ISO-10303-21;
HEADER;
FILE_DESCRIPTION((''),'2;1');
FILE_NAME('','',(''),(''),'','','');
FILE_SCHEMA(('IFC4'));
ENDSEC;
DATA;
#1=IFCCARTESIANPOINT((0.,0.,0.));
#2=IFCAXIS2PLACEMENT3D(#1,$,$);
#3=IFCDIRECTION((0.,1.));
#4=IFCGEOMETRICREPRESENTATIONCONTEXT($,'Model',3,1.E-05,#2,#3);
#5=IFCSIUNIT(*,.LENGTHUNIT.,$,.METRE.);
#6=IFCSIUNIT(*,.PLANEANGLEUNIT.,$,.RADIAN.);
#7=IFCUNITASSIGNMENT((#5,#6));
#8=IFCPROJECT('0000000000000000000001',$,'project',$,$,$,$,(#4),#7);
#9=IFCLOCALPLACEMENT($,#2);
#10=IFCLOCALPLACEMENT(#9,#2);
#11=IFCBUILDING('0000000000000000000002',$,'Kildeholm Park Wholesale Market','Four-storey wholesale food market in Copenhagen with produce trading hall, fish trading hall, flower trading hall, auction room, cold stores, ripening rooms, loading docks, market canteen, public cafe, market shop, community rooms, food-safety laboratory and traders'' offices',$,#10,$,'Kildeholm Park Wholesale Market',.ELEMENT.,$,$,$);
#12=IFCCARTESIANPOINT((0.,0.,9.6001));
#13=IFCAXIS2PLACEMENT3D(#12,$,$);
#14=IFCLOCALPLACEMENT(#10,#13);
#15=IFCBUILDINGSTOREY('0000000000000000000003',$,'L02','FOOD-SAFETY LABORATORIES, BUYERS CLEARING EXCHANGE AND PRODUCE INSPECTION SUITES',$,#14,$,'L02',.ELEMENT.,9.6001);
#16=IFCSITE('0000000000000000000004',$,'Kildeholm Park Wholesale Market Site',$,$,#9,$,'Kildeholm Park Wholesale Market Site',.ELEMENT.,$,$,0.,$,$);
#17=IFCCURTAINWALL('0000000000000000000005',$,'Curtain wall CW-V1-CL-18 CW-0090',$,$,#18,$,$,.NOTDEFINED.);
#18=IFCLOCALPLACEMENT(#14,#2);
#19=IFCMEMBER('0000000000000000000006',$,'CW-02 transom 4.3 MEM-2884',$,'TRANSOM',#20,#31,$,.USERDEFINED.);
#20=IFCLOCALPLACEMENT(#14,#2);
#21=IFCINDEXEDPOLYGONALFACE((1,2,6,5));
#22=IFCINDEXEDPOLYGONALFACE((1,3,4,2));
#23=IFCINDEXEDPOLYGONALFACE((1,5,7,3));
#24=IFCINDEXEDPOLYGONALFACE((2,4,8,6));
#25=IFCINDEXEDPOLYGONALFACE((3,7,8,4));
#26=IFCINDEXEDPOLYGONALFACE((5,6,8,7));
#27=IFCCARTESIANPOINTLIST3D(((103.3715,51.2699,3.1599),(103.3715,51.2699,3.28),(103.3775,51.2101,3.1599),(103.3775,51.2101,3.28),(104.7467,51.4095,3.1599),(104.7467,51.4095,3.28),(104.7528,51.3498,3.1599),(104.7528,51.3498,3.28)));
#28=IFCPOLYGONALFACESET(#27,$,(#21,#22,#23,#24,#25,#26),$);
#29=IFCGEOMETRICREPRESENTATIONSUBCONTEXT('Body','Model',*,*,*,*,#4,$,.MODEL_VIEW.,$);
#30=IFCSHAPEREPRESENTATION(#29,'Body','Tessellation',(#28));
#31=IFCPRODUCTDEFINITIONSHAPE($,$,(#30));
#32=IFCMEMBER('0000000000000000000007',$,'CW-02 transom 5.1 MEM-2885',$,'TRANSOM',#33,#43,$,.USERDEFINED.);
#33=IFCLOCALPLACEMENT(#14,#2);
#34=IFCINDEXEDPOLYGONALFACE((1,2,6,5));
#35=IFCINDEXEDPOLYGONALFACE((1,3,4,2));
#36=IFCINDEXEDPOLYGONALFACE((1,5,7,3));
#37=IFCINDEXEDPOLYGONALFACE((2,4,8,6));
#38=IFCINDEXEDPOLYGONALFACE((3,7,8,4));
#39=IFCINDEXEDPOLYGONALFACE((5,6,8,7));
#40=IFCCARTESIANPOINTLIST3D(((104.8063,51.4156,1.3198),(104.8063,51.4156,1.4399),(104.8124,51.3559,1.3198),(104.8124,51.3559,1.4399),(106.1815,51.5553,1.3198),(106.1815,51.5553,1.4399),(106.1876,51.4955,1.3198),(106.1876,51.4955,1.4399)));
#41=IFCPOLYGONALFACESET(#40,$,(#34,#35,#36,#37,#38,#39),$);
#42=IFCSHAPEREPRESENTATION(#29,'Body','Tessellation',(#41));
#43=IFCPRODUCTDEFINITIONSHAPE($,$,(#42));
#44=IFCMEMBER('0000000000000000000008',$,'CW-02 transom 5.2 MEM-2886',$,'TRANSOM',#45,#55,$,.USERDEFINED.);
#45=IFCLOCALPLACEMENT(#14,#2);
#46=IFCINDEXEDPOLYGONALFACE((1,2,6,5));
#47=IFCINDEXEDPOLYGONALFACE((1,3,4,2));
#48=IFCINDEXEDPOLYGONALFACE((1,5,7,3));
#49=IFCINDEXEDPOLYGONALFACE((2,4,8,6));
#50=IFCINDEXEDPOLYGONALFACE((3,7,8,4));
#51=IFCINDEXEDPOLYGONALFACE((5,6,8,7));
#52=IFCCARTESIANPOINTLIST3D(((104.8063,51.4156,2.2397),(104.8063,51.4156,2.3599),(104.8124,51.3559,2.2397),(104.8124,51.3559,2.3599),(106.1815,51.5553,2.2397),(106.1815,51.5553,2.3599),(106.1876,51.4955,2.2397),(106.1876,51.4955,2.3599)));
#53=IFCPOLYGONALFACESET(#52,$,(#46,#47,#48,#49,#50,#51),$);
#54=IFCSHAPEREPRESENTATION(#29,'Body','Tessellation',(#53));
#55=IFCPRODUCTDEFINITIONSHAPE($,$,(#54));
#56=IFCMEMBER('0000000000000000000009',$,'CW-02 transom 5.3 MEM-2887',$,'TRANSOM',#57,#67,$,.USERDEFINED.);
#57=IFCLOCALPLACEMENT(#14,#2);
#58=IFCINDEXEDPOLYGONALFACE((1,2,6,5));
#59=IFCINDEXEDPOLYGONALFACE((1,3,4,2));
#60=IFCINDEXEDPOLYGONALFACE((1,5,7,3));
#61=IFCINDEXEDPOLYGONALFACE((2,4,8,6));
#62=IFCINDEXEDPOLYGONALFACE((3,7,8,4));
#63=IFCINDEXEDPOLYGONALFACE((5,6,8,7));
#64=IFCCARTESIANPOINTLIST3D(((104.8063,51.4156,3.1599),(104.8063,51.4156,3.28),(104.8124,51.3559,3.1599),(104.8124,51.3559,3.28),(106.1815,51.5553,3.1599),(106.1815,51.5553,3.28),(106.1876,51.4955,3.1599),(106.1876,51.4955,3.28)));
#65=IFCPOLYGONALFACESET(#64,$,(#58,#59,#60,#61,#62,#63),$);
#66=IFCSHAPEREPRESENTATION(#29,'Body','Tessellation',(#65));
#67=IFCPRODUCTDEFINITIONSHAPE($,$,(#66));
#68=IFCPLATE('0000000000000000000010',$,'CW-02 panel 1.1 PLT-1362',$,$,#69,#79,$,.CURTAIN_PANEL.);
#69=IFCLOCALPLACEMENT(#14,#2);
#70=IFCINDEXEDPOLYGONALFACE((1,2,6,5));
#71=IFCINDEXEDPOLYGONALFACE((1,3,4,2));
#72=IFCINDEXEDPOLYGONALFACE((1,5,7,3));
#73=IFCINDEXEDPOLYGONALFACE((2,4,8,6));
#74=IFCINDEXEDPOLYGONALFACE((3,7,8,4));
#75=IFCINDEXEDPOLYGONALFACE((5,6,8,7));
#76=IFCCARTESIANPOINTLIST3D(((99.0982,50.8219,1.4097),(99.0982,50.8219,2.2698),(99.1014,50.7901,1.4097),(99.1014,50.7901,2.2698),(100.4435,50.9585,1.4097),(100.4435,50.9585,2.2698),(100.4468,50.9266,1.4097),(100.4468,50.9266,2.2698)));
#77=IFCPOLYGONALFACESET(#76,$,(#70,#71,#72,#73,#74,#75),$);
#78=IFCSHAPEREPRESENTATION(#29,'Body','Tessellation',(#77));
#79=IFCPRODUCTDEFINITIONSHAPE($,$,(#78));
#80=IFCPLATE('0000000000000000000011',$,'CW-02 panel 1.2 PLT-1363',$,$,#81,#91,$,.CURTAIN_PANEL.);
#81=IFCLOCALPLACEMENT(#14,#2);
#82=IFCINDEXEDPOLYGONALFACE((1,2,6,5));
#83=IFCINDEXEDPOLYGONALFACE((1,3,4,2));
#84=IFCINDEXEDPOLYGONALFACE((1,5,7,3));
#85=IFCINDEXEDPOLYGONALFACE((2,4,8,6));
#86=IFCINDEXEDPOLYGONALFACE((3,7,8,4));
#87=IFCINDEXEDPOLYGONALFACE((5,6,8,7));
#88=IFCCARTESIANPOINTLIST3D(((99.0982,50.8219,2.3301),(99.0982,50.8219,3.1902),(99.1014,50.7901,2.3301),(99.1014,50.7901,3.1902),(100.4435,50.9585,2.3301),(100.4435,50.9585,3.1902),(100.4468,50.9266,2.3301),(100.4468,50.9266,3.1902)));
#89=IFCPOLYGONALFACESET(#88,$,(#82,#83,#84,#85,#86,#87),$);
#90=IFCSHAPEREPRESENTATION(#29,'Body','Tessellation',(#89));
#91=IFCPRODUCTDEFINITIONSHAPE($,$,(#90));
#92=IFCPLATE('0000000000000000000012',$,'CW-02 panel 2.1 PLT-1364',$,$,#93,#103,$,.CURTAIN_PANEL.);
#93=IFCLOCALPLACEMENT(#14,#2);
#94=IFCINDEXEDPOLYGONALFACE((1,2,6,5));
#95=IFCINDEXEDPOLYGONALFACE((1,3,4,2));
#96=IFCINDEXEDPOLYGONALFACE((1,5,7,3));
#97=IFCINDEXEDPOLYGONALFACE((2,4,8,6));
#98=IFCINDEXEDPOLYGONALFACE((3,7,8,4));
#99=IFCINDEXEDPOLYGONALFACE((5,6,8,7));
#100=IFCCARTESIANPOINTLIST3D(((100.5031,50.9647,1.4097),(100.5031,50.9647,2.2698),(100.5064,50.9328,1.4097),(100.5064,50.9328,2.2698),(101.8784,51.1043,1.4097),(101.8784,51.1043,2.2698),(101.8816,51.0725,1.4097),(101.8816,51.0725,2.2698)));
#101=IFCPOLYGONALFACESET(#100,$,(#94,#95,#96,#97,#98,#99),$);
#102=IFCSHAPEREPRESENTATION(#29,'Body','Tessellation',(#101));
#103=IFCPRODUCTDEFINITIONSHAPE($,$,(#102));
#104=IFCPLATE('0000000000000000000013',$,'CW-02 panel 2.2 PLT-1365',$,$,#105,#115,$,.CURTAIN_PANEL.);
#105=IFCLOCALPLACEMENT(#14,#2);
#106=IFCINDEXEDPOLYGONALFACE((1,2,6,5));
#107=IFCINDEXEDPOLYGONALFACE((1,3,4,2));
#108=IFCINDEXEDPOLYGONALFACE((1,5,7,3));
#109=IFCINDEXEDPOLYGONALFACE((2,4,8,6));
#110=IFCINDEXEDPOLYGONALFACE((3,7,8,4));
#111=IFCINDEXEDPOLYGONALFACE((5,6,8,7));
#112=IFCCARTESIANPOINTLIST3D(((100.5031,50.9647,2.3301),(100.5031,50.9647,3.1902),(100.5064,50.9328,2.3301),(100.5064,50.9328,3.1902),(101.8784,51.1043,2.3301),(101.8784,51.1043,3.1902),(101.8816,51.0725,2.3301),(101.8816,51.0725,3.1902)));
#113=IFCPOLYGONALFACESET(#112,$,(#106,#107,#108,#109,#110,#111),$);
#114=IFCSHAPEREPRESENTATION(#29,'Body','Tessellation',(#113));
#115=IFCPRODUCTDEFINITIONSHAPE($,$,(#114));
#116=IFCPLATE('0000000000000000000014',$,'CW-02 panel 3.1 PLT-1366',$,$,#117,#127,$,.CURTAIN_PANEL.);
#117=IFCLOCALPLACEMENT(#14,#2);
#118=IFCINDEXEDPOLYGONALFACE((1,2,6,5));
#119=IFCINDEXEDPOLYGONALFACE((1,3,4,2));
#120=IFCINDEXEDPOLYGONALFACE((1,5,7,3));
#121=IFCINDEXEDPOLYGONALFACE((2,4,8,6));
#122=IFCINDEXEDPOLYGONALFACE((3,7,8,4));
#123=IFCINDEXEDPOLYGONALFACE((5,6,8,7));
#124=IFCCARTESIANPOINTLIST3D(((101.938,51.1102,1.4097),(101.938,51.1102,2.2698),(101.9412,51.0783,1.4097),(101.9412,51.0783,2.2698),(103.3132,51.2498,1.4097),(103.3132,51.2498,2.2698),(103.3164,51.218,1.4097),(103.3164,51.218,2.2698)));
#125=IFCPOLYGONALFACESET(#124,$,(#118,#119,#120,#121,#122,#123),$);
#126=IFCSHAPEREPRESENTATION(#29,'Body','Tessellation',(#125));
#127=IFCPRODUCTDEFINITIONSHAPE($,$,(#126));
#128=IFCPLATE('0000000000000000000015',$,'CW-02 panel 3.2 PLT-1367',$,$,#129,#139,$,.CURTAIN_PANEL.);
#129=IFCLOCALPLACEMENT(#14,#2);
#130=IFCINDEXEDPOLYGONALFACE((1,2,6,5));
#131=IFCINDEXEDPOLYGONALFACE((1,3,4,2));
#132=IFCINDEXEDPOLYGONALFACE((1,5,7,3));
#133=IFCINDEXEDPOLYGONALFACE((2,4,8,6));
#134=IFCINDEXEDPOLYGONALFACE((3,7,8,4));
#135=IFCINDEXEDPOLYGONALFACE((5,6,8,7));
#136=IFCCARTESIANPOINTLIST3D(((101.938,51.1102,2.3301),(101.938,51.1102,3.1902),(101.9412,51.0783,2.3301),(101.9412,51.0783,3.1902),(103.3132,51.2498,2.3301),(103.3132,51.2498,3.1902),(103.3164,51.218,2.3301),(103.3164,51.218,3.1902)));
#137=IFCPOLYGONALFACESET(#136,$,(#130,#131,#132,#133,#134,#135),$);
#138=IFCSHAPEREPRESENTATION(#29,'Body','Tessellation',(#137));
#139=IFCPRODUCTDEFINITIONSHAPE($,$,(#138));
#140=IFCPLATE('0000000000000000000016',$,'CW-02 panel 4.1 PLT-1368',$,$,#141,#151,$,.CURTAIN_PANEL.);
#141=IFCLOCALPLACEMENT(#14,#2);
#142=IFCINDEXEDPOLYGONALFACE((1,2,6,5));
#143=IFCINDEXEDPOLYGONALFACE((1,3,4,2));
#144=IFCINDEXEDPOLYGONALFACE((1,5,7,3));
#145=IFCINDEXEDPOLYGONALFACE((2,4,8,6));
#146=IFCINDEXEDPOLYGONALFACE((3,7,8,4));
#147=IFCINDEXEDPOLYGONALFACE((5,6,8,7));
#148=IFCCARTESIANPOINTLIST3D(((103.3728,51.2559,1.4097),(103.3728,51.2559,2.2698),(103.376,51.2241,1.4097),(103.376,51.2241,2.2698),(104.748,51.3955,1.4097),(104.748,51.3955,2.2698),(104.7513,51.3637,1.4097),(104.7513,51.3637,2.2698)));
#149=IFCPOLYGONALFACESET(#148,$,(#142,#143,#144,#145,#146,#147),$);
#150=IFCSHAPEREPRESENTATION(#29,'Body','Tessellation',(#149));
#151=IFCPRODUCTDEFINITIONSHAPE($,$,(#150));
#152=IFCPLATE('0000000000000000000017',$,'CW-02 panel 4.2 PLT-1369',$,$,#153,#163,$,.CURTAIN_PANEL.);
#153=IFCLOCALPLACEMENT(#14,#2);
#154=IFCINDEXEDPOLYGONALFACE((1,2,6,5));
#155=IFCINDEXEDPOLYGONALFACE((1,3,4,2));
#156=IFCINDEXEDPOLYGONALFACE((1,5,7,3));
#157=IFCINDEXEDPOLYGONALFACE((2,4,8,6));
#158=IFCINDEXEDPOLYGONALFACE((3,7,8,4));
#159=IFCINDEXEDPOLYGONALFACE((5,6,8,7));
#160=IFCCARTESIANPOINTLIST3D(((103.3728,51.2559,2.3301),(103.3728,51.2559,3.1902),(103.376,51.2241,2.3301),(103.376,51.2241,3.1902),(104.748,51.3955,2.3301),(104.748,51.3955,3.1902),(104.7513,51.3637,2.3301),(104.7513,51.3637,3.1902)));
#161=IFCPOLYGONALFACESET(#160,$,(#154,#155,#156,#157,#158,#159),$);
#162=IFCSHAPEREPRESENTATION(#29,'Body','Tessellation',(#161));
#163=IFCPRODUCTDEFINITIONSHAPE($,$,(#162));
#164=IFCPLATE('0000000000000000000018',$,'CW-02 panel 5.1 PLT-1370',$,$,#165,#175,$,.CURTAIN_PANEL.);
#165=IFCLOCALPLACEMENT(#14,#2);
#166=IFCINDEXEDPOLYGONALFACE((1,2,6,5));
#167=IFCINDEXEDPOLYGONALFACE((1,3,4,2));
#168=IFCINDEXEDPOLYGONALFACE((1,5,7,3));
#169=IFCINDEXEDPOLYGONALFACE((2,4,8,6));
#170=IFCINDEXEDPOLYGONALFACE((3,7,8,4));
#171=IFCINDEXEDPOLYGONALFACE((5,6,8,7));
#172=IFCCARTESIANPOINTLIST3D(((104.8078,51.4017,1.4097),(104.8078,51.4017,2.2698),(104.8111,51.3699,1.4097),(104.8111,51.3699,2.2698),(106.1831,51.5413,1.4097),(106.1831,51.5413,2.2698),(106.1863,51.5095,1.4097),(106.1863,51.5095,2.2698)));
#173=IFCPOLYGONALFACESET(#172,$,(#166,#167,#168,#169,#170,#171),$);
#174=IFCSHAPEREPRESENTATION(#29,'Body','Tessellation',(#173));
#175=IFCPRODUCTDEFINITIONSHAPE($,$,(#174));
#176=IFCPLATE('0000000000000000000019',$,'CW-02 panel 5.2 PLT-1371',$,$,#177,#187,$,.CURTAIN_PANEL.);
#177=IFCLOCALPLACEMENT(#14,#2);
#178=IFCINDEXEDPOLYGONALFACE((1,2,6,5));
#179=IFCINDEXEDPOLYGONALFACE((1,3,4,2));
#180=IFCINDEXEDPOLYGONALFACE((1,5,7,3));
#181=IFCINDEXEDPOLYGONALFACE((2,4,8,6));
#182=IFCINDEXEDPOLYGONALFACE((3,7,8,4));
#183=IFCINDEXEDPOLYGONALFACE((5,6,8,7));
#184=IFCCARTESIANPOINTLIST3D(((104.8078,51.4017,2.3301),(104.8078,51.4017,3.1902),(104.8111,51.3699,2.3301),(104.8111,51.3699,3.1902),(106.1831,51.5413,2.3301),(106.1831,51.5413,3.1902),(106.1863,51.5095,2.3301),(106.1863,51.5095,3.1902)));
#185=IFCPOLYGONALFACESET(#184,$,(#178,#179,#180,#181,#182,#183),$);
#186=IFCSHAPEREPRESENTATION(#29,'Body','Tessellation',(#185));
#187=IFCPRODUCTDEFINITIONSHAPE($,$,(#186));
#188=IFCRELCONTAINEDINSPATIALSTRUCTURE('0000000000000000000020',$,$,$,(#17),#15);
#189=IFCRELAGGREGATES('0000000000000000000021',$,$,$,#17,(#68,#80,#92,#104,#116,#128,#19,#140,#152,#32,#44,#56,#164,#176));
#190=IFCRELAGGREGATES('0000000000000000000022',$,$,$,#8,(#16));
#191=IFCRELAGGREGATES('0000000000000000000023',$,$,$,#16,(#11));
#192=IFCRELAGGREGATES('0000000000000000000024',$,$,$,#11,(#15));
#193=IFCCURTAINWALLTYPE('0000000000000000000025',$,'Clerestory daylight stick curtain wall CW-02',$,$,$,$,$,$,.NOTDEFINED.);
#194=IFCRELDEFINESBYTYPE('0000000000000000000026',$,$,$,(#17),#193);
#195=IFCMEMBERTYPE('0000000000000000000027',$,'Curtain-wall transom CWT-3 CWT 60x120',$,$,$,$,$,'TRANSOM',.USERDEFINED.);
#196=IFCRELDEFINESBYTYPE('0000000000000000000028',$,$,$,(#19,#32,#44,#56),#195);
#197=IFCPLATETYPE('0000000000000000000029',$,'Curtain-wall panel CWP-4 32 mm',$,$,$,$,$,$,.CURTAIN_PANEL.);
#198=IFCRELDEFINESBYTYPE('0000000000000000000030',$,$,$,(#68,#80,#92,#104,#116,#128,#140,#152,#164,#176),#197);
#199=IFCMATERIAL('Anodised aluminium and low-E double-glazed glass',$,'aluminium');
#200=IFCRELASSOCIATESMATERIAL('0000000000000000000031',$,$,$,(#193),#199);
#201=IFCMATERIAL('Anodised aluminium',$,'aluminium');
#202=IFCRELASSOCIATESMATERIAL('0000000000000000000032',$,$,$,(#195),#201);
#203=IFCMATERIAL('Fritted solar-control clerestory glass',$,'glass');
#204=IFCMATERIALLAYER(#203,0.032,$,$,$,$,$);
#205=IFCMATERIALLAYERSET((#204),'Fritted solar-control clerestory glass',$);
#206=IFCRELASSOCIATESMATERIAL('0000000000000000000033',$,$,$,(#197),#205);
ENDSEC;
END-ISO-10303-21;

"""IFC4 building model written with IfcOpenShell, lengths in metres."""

from ifc_helpers import new_model, si_unit, direction, frame, origin, origin_2d, place, context, subcontext, project, spatial, rectangle, extrude, material, layer, layer_set, material_profile, profile_set, type_object, element, aggregate, save


model = new_model("IFC4")

# Units and contexts
model_context = context("Model", 3, precision=1e-05, world=origin(), true_north=direction((0.0, 1.0)))
body_context = subcontext(model_context, "Body", "Model", "MODEL_VIEW")
ifc_project = project(units=[si_unit("LENGTHUNIT", "METRE"), si_unit("PLANEANGLEUNIT", "RADIAN")], contexts=[model_context])

# Site, building, storey
site_placement = place(None, origin())
site = spatial("IfcSite", under=ifc_project, at=site_placement, Name="Kildeholm Park Wholesale Market Site", LongName="Kildeholm Park Wholesale Market Site", CompositionType="ELEMENT", RefElevation=0.0)
building_placement = place(site_placement, origin())
building = spatial("IfcBuilding", under=site, at=building_placement, Name="Kildeholm Park Wholesale Market", Description="Four-storey wholesale food market in Copenhagen with produce trading hall, fish trading hall, flower trading hall, auction room, cold stores, ripening rooms, loading docks, market canteen, public cafe, market shop, community rooms, food-safety laboratory and traders' offices", LongName="Kildeholm Park Wholesale Market", CompositionType="ELEMENT")
storey_placement = place(building_placement, frame((0.0, 0.0, 9.6001)))
storey = spatial("IfcBuildingStorey", under=building, at=storey_placement, Name="L02", Description="FOOD-SAFETY LABORATORIES, BUYERS CLEARING EXCHANGE AND PRODUCE INSPECTION SUITES", LongName="L02", CompositionType="ELEMENT", Elevation=9.6001)

# Curtain wall, members, plates
ifc_material_1 = material(Name="Anodised aluminium and low-E double-glazed glass", Category="aluminium")
curtain_wall_type = type_object("IfcCurtainWallType", Name="Clerestory daylight stick curtain wall CW-02", PredefinedType="NOTDEFINED", material=ifc_material_1)
curtain_wall_placement = place(storey_placement, origin())
curtain_wall = element("IfcCurtainWall", 1, at=curtain_wall_placement, inside=storey, type_object=curtain_wall_type, Name="Curtain wall CW-V1-CL-18 CW-0090", PredefinedType="NOTDEFINED")
ifc_material_2 = material(Name="Anodised aluminium", Category="aluminium")
ifc_material_profile_1 = material_profile(ifc_material_2, rectangle(XDim=0.0601, YDim=0.1201, at=origin_2d()), Name="CWT 60x120")
ifc_profile_set_1 = profile_set([ifc_material_profile_1], Name="Anodised aluminium")
member_type_1 = type_object("IfcMemberType", Name="Curtain-wall transom CWT-3 CWT 60x120", ElementType="TRANSOM", PredefinedType="USERDEFINED", material=ifc_profile_set_1)
member_1_placement = place(storey_placement, frame((103.3745, 51.24, 3.22), z_axis=(0.994884, 0.101025, 0.0), x_axis=(-0.101025, 0.994884, 0.0)))
member_1 = element("IfcMember", 2, at=member_1_placement, type_object=member_type_1, Name="CW-02 transom 4.3 MEM-2884", ObjectType="TRANSOM", PredefinedType="USERDEFINED", context=body_context, shape_type="SweptSolid", body=[
    extrude(rectangle(XDim=0.0601, YDim=0.1201, at=origin_2d()), origin(), (0.0, 0.0, 1.0), 1.3823),
])
member_2_placement = place(storey_placement, frame((104.8093, 51.3857, 1.3799), z_axis=(0.994884, 0.101025, 0.0), x_axis=(-0.101025, 0.994884, 0.0)))
member_2 = element("IfcMember", 3, at=member_2_placement, type_object=member_type_1, Name="CW-02 transom 5.1 MEM-2885", ObjectType="TRANSOM", PredefinedType="USERDEFINED", context=body_context, shape_type="SweptSolid", body=[
    extrude(rectangle(XDim=0.0601, YDim=0.1201, at=origin_2d()), origin(), (0.0, 0.0, 1.0), 1.3823),
])
member_3_placement = place(storey_placement, frame((104.8093, 51.3857, 2.2998), z_axis=(0.994884, 0.101025, 0.0), x_axis=(-0.101025, 0.994884, 0.0)))
member_3 = element("IfcMember", 4, at=member_3_placement, type_object=member_type_1, Name="CW-02 transom 5.2 MEM-2886", ObjectType="TRANSOM", PredefinedType="USERDEFINED", context=body_context, shape_type="SweptSolid", body=[
    extrude(rectangle(XDim=0.0601, YDim=0.1201, at=origin_2d()), origin(), (0.0, 0.0, 1.0), 1.3823),
])
member_4_placement = place(storey_placement, frame((104.8093, 51.3857, 3.22), z_axis=(0.994884, 0.101025, 0.0), x_axis=(-0.101025, 0.994884, 0.0)))
member_4 = element("IfcMember", 5, at=member_4_placement, type_object=member_type_1, Name="CW-02 transom 5.3 MEM-2887", ObjectType="TRANSOM", PredefinedType="USERDEFINED", context=body_context, shape_type="SweptSolid", body=[
    extrude(rectangle(XDim=0.0601, YDim=0.1201, at=origin_2d()), origin(), (0.0, 0.0, 1.0), 1.3823),
])
ifc_material_3 = material(Name="Fritted solar-control clerestory glass", Category="glass")
ifc_layer = layer(ifc_material_3, 0.032)
ifc_layer_set = layer_set([ifc_layer], Name="Fritted solar-control clerestory glass")
plate_type = type_object("IfcPlateType", Name="Curtain-wall panel CWP-4 32 mm", PredefinedType="CURTAIN_PANEL", material=ifc_layer_set)
plate_1_placement = place(storey_placement, frame((99.7725, 50.8743, 1.4097), z_axis=(0.0, 0.0, 1.0), x_axis=(0.994887, 0.100999, 0.0)))
plate_1 = element("IfcPlate", 6, at=plate_1_placement, type_object=plate_type, Name="CW-02 panel 1.1 PLT-1362", PredefinedType="CURTAIN_PANEL", context=body_context, shape_type="SweptSolid", body=[
    extrude(rectangle(XDim=1.3523, YDim=0.032, at=origin_2d()), origin(), (0.0, 0.0, 1.0), 0.8601),
])
plate_2_placement = place(storey_placement, frame((99.7725, 50.8743, 2.3301), z_axis=(0.0, 0.0, 1.0), x_axis=(0.994887, 0.100999, 0.0)))
plate_2 = element("IfcPlate", 7, at=plate_2_placement, type_object=plate_type, Name="CW-02 panel 1.2 PLT-1363", PredefinedType="CURTAIN_PANEL", context=body_context, shape_type="SweptSolid", body=[
    extrude(rectangle(XDim=1.3523, YDim=0.032, at=origin_2d()), origin(), (0.0, 0.0, 1.0), 0.8601),
])
plate_3_placement = place(storey_placement, frame((101.1924, 51.0186, 1.4097), z_axis=(0.0, 0.0, 1.0), x_axis=(0.994887, 0.100999, 0.0)))
plate_3 = element("IfcPlate", 8, at=plate_3_placement, type_object=plate_type, Name="CW-02 panel 2.1 PLT-1364", PredefinedType="CURTAIN_PANEL", context=body_context, shape_type="SweptSolid", body=[
    extrude(rectangle(XDim=1.3823, YDim=0.032, at=origin_2d()), origin(), (0.0, 0.0, 1.0), 0.8601),
])
plate_4_placement = place(storey_placement, frame((101.1924, 51.0186, 2.3301), z_axis=(0.0, 0.0, 1.0), x_axis=(0.994887, 0.100999, 0.0)))
plate_4 = element("IfcPlate", 9, at=plate_4_placement, type_object=plate_type, Name="CW-02 panel 2.2 PLT-1365", PredefinedType="CURTAIN_PANEL", context=body_context, shape_type="SweptSolid", body=[
    extrude(rectangle(XDim=1.3823, YDim=0.032, at=origin_2d()), origin(), (0.0, 0.0, 1.0), 0.8601),
])
plate_5_placement = place(storey_placement, frame((102.6272, 51.1641, 1.4097), z_axis=(0.0, 0.0, 1.0), x_axis=(0.994887, 0.100999, 0.0)))
plate_5 = element("IfcPlate", 10, at=plate_5_placement, type_object=plate_type, Name="CW-02 panel 3.1 PLT-1366", PredefinedType="CURTAIN_PANEL", context=body_context, shape_type="SweptSolid", body=[
    extrude(rectangle(XDim=1.3823, YDim=0.032, at=origin_2d()), origin(), (0.0, 0.0, 1.0), 0.8601),
])
plate_6_placement = place(storey_placement, frame((102.6272, 51.1641, 2.3301), z_axis=(0.0, 0.0, 1.0), x_axis=(0.994887, 0.100999, 0.0)))
plate_6 = element("IfcPlate", 11, at=plate_6_placement, type_object=plate_type, Name="CW-02 panel 3.2 PLT-1367", PredefinedType="CURTAIN_PANEL", context=body_context, shape_type="SweptSolid", body=[
    extrude(rectangle(XDim=1.3823, YDim=0.032, at=origin_2d()), origin(), (0.0, 0.0, 1.0), 0.8601),
])
plate_7_placement = place(storey_placement, frame((104.062, 51.3098, 1.4097), z_axis=(0.0, 0.0, 1.0), x_axis=(0.994887, 0.100999, 0.0)))
plate_7 = element("IfcPlate", 12, at=plate_7_placement, type_object=plate_type, Name="CW-02 panel 4.1 PLT-1368", PredefinedType="CURTAIN_PANEL", context=body_context, shape_type="SweptSolid", body=[
    extrude(rectangle(XDim=1.3823, YDim=0.032, at=origin_2d()), origin(), (0.0, 0.0, 1.0), 0.8601),
])
plate_8_placement = place(storey_placement, frame((104.062, 51.3098, 2.3301), z_axis=(0.0, 0.0, 1.0), x_axis=(0.994887, 0.100999, 0.0)))
plate_8 = element("IfcPlate", 13, at=plate_8_placement, type_object=plate_type, Name="CW-02 panel 4.2 PLT-1369", PredefinedType="CURTAIN_PANEL", context=body_context, shape_type="SweptSolid", body=[
    extrude(rectangle(XDim=1.3823, YDim=0.032, at=origin_2d()), origin(), (0.0, 0.0, 1.0), 0.8601),
])
plate_9_placement = place(storey_placement, frame((105.4971, 51.4556, 1.4097), z_axis=(0.0, 0.0, 1.0), x_axis=(0.994887, 0.100999, 0.0)))
plate_9 = element("IfcPlate", 14, at=plate_9_placement, type_object=plate_type, Name="CW-02 panel 5.1 PLT-1370", PredefinedType="CURTAIN_PANEL", context=body_context, shape_type="SweptSolid", body=[
    extrude(rectangle(XDim=1.3823, YDim=0.032, at=origin_2d()), origin(), (0.0, 0.0, 1.0), 0.8601),
])
plate_10_placement = place(storey_placement, frame((105.4971, 51.4556, 2.3301), z_axis=(0.0, 0.0, 1.0), x_axis=(0.994887, 0.100999, 0.0)))
plate_10 = element("IfcPlate", 15, at=plate_10_placement, type_object=plate_type, Name="CW-02 panel 5.2 PLT-1371", PredefinedType="CURTAIN_PANEL", context=body_context, shape_type="SweptSolid", body=[
    extrude(rectangle(XDim=1.3823, YDim=0.032, at=origin_2d()), origin(), (0.0, 0.0, 1.0), 0.8601),
])
aggregate(curtain_wall, [plate_1, plate_2, plate_3, plate_4, plate_5, plate_6, member_1, plate_7, plate_8, member_2, member_3, member_4, plate_9, plate_10])

save(model, "model.ifc")
